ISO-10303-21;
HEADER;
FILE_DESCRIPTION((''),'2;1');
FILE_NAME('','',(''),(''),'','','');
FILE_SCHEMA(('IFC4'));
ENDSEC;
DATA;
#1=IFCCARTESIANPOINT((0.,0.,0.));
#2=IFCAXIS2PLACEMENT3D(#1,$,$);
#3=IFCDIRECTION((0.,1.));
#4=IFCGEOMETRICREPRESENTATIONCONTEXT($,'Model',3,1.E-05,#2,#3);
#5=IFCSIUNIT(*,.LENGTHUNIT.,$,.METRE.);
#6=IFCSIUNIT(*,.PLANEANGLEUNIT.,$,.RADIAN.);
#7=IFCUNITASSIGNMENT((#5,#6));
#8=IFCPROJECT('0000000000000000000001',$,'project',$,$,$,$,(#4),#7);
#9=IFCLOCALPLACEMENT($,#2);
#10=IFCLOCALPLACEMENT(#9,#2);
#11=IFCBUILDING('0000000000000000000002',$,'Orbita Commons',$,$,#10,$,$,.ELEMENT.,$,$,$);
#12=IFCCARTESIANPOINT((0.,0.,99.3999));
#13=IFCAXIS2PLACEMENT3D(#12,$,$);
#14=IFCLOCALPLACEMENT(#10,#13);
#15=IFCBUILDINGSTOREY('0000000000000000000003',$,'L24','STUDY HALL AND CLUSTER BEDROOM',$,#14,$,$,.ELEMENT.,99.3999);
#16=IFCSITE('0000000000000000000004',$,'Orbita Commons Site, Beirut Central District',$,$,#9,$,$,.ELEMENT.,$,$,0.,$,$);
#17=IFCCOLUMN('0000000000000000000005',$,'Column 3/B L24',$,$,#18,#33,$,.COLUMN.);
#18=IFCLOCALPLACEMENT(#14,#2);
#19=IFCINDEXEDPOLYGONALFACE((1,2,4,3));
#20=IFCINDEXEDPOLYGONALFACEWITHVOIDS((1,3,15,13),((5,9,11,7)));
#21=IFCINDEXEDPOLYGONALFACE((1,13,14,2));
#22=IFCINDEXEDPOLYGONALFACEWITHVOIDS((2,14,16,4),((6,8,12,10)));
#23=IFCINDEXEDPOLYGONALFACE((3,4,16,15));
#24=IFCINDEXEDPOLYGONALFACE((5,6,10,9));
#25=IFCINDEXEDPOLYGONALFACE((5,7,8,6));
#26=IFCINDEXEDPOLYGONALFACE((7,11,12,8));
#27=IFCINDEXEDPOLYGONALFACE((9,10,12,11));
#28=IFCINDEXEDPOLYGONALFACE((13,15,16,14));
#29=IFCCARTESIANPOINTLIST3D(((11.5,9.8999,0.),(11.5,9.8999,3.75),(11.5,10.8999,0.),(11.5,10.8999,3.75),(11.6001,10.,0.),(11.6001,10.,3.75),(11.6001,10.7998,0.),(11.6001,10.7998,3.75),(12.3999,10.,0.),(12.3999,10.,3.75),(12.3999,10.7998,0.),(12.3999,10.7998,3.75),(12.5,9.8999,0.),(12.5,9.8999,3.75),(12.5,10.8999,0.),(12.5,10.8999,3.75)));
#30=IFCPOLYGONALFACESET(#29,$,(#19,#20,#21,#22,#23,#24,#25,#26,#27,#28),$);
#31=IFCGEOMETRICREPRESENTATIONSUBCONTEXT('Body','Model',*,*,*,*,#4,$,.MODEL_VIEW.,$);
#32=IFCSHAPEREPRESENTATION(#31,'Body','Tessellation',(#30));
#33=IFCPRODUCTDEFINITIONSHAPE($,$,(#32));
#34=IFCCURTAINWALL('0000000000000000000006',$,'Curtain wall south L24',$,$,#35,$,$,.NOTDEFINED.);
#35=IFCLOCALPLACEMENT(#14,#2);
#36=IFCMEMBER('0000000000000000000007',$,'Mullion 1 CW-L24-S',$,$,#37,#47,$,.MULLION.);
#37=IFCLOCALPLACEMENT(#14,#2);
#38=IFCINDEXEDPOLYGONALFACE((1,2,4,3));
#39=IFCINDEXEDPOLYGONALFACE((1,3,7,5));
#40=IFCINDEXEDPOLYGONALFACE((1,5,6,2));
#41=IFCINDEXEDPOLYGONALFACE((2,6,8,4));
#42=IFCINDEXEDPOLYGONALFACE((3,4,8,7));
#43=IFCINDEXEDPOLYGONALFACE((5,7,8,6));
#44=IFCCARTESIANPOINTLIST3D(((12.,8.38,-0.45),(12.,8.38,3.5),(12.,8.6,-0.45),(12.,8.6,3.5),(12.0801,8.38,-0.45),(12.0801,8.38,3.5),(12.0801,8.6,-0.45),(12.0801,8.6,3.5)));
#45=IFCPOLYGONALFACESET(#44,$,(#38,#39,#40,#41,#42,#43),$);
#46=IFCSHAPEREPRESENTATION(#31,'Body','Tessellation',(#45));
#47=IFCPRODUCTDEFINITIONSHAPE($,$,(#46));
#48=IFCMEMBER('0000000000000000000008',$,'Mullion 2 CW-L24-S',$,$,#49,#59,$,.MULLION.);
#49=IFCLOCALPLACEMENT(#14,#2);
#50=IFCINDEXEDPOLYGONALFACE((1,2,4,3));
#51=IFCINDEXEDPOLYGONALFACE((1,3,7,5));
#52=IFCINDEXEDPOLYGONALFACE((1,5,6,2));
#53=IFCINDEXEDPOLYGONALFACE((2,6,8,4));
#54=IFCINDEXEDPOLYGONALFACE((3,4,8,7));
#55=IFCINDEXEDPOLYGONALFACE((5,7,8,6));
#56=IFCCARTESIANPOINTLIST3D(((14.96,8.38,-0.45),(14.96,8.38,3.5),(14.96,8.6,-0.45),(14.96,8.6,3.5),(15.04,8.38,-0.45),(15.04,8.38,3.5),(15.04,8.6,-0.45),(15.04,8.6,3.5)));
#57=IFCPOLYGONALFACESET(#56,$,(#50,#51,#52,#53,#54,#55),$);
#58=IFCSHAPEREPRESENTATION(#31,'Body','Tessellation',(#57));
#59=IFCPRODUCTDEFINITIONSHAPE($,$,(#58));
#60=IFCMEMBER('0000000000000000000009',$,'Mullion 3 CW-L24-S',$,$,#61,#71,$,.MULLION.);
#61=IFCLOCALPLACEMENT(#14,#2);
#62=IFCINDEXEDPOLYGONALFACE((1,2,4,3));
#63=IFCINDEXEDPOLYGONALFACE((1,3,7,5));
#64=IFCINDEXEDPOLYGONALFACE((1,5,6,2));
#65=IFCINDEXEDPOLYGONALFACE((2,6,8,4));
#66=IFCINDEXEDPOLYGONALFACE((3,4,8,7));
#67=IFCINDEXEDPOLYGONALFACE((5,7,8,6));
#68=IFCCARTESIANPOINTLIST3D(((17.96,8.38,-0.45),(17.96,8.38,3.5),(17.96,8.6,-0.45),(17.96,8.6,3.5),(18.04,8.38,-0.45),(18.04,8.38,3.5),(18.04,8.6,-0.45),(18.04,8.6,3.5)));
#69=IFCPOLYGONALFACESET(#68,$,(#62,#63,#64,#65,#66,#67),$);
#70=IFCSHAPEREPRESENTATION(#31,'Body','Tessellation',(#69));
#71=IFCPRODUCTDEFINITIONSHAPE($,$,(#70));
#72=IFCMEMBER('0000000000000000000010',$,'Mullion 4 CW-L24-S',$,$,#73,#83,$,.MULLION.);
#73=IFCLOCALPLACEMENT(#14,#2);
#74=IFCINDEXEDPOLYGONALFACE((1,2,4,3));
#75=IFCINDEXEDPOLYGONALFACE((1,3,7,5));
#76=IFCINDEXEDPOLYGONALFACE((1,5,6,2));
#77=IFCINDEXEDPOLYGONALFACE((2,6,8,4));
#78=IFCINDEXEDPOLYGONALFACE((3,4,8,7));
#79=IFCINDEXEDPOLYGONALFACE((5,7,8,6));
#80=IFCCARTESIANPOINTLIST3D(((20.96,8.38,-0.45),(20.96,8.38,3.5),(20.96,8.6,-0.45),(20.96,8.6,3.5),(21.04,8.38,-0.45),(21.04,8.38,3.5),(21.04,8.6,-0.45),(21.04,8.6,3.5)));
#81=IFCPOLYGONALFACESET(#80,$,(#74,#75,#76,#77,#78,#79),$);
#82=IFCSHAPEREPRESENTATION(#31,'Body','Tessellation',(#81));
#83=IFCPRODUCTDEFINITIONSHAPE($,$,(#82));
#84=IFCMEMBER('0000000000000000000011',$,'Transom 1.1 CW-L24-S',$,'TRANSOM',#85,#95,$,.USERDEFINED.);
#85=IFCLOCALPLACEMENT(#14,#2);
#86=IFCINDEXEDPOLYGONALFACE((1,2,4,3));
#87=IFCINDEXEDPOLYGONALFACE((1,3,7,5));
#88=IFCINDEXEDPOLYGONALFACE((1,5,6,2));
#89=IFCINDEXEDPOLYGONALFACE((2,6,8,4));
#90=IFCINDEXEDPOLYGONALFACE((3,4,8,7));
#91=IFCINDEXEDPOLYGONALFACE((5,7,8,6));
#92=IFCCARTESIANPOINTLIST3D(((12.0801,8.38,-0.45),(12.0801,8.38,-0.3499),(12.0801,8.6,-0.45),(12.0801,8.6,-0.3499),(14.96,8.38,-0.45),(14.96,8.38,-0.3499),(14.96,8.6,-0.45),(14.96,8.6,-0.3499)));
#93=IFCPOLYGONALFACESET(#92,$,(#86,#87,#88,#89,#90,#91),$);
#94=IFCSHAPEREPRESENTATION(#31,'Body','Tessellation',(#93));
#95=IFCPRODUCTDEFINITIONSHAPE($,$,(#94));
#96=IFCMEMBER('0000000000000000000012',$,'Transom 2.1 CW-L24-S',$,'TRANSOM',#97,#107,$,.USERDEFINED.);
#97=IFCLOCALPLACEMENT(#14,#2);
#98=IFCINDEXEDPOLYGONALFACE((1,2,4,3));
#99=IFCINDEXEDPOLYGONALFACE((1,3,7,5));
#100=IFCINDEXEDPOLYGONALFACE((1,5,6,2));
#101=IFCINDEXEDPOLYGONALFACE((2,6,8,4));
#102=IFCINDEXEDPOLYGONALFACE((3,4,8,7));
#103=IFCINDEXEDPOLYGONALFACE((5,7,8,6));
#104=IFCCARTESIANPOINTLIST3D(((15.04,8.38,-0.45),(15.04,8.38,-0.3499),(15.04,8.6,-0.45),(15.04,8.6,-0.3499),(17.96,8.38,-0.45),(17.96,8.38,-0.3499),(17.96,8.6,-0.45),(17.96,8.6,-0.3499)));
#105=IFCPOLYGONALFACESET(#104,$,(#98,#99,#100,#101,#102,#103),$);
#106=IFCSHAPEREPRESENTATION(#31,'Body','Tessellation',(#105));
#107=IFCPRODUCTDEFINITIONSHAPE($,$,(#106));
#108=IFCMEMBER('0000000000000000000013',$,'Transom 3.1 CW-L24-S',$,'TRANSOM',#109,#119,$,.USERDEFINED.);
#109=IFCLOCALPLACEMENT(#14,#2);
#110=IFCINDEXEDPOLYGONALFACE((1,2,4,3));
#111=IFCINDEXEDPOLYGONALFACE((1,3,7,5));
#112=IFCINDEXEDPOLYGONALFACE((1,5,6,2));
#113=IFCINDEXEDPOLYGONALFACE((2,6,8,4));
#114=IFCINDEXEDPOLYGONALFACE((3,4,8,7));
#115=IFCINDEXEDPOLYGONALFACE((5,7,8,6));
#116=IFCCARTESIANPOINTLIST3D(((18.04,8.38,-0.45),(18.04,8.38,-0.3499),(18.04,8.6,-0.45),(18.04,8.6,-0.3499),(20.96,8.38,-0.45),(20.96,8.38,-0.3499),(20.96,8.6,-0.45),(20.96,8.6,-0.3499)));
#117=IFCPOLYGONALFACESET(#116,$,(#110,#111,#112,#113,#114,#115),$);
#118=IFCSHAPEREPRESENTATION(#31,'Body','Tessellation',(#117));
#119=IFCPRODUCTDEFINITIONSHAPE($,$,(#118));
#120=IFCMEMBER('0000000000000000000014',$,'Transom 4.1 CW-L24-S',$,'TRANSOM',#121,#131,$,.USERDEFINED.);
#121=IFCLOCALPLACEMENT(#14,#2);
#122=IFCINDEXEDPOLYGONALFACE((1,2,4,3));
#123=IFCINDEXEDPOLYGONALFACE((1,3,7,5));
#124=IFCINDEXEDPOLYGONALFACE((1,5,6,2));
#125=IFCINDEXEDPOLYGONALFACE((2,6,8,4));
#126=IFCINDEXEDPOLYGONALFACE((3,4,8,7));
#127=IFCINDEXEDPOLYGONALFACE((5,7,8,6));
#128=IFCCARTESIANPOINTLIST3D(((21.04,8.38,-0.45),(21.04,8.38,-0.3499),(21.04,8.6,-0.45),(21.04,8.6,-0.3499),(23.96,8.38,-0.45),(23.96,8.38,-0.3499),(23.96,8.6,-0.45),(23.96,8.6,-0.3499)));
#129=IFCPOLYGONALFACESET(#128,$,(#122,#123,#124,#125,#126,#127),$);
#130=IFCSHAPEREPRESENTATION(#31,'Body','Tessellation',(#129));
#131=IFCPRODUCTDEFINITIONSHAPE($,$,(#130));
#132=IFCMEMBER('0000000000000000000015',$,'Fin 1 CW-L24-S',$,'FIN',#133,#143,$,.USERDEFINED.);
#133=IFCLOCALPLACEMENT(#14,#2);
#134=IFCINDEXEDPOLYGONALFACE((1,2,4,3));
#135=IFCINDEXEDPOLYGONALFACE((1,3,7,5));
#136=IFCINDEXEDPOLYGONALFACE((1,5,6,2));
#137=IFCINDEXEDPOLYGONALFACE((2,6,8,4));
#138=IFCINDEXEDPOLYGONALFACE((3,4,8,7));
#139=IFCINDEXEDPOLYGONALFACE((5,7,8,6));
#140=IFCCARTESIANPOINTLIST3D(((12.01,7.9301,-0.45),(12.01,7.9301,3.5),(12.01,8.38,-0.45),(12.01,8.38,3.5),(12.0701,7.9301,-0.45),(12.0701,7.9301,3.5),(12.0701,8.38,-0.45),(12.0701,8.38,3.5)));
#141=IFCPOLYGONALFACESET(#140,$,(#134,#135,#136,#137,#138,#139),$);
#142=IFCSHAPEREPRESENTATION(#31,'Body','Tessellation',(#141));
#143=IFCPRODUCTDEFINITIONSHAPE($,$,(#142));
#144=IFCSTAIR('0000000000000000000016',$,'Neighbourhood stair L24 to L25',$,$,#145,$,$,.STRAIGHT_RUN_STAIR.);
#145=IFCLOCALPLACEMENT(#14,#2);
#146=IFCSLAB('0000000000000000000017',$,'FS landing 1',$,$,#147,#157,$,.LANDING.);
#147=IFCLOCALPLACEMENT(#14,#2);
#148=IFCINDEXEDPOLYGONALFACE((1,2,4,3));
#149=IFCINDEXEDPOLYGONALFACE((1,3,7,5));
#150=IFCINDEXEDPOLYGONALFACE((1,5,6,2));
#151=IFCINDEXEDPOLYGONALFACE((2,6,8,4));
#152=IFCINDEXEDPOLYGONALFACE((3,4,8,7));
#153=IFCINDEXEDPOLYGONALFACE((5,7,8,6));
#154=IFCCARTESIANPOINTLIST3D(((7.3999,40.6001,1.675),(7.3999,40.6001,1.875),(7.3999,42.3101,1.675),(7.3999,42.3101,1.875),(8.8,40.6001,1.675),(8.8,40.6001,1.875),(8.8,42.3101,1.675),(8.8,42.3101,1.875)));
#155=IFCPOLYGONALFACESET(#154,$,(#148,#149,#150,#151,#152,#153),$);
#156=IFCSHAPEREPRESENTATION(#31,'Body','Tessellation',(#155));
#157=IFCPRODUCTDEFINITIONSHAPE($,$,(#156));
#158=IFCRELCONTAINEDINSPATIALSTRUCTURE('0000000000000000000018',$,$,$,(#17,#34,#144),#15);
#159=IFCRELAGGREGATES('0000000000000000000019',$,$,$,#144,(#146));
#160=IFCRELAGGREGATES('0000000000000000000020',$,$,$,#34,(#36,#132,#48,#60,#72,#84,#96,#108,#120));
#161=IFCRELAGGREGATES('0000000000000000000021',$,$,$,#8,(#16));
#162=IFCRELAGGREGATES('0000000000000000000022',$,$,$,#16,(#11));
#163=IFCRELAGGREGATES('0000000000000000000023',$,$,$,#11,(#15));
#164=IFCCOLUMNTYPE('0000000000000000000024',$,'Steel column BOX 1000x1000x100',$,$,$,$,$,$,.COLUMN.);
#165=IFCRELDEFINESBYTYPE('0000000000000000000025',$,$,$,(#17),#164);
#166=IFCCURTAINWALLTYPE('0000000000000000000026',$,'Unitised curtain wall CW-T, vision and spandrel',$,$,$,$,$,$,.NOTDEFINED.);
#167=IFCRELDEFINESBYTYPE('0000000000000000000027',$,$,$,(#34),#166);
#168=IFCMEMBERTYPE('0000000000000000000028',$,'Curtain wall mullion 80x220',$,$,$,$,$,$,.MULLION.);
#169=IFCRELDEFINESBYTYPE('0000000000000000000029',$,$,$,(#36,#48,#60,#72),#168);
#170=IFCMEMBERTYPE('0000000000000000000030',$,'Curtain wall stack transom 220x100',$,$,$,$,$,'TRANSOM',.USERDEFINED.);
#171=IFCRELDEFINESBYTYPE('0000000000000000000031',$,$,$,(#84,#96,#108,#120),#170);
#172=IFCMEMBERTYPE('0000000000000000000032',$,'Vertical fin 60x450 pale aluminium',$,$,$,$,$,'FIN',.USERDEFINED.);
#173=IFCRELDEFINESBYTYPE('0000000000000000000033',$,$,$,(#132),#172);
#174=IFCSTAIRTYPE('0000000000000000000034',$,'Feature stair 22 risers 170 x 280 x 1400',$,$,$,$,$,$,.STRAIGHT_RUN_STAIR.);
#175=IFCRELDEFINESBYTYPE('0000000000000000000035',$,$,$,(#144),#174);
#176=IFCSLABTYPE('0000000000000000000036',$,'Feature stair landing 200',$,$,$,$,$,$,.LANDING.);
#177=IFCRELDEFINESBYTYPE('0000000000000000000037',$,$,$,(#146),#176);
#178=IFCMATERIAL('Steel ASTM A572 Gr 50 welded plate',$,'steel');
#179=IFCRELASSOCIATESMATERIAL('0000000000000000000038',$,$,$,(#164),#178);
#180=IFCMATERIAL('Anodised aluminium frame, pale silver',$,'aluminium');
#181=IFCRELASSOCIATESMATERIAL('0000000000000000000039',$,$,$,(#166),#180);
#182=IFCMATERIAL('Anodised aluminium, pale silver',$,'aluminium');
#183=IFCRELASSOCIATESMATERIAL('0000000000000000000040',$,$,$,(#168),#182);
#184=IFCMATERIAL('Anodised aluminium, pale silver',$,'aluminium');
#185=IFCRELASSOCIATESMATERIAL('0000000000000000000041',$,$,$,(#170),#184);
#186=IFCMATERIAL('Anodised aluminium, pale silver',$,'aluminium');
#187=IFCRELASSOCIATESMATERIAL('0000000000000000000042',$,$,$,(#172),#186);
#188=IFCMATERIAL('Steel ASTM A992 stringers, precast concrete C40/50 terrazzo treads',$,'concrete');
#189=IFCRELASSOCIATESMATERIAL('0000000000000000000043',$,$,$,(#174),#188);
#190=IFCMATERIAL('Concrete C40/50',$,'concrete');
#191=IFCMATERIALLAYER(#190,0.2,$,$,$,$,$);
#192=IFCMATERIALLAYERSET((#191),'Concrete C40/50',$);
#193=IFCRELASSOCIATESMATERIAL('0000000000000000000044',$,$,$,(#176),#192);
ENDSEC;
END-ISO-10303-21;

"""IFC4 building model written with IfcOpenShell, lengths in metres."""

from ifc_helpers import new_model, si_unit, direction, frame, origin, origin_2d, place, context, subcontext, project, spatial, polyline, rectangle, hollow_rectangle, outline, extrude, material, layer, layer_set, material_profile, profile_set, type_object, element, aggregate, save


model = new_model("IFC4")

# Units and contexts
model_context = context("Model", 3, precision=1e-05, world=origin(), true_north=direction((0.0, 1.0)))
body_context = subcontext(model_context, "Body", "Model", "MODEL_VIEW")
ifc_project = project(units=[si_unit("LENGTHUNIT", "METRE"), si_unit("PLANEANGLEUNIT", "RADIAN")], contexts=[model_context])

# Site, building, storey
site_placement = place(None, origin())
site = spatial("IfcSite", under=ifc_project, at=site_placement, Name="Orbita Commons Site, Beirut Central District", CompositionType="ELEMENT", RefElevation=0.0)
building_placement = place(site_placement, origin())
building = spatial("IfcBuilding", under=site, at=building_placement, Name="Orbita Commons", CompositionType="ELEMENT")
storey_placement = place(building_placement, frame((0.0, 0.0, 99.3999)))
storey = spatial("IfcBuildingStorey", under=building, at=storey_placement, Name="L24", Description="STUDY HALL AND CLUSTER BEDROOM", CompositionType="ELEMENT", Elevation=99.3999)

# Column
ifc_material_1 = material(Name="Steel ASTM A572 Gr 50 welded plate", Category="steel")
ifc_material_profile_1 = material_profile(ifc_material_1, hollow_rectangle(XDim=1.0, YDim=1.0, WallThickness=0.1001, at=origin_2d()), Name="BOX 1000x1000x100")
ifc_profile_set_1 = profile_set([ifc_material_profile_1], Name="Steel ASTM A572 Gr 50 welded plate")
column_type = type_object("IfcColumnType", Name="Steel column BOX 1000x1000x100", PredefinedType="COLUMN", material=ifc_profile_set_1)
column_placement = place(storey_placement, frame((12.0, 10.3999, 0.0), z_axis=(0.0, 0.0, 1.0), x_axis=(1.0, 0.0, 0.0)))
element("IfcColumn", 1, at=column_placement, inside=storey, type_object=column_type, Name="Column 3/B L24", PredefinedType="COLUMN", context=body_context, shape_type="SweptSolid", body=[
    extrude(hollow_rectangle(XDim=1.0, YDim=1.0, WallThickness=0.1001, at=origin_2d()), origin(), (0.0, 0.0, 1.0), 3.75),
])

# Curtain wall, members
ifc_material_2 = material(Name="Anodised aluminium frame, pale silver", Category="aluminium")
curtain_wall_type = type_object("IfcCurtainWallType", Name="Unitised curtain wall CW-T, vision and spandrel", PredefinedType="NOTDEFINED", material=ifc_material_2)
curtain_wall_placement = place(storey_placement, origin())
curtain_wall = element("IfcCurtainWall", 2, at=curtain_wall_placement, inside=storey, type_object=curtain_wall_type, Name="Curtain wall south L24", PredefinedType="NOTDEFINED")
ifc_material_3 = material(Name="Anodised aluminium, pale silver", Category="aluminium")
ifc_material_profile_2 = material_profile(ifc_material_3, rectangle(XDim=0.0801, YDim=0.22, at=origin_2d()), Name="AL 80x220")
ifc_profile_set_2 = profile_set([ifc_material_profile_2], Name="Anodised aluminium, pale silver")
member_type_1 = type_object("IfcMemberType", Name="Curtain wall mullion 80x220", PredefinedType="MULLION", material=ifc_profile_set_2)
member_1_placement = place(storey_placement, frame((12.04, 8.49, -0.45), z_axis=(0.0, 0.0, 1.0), x_axis=(1.0, 0.0, 0.0)))
member_1 = element("IfcMember", 3, at=member_1_placement, type_object=member_type_1, Name="Mullion 1 CW-L24-S", PredefinedType="MULLION", context=body_context, shape_type="SweptSolid", body=[
    extrude(rectangle(XDim=0.0801, YDim=0.22, at=origin_2d()), origin(), (0.0, 0.0, 1.0), 3.95),
])
member_2_placement = place(storey_placement, frame((15.0, 8.49, -0.45), z_axis=(0.0, 0.0, 1.0), x_axis=(1.0, 0.0, 0.0)))
member_2 = element("IfcMember", 4, at=member_2_placement, type_object=member_type_1, Name="Mullion 2 CW-L24-S", PredefinedType="MULLION", context=body_context, shape_type="SweptSolid", body=[
    extrude(rectangle(XDim=0.0801, YDim=0.22, at=origin_2d()), origin(), (0.0, 0.0, 1.0), 3.95),
])
member_3_placement = place(storey_placement, frame((18.0, 8.49, -0.45), z_axis=(0.0, 0.0, 1.0), x_axis=(1.0, 0.0, 0.0)))
member_3 = element("IfcMember", 5, at=member_3_placement, type_object=member_type_1, Name="Mullion 3 CW-L24-S", PredefinedType="MULLION", context=body_context, shape_type="SweptSolid", body=[
    extrude(rectangle(XDim=0.0801, YDim=0.22, at=origin_2d()), origin(), (0.0, 0.0, 1.0), 3.95),
])
member_4_placement = place(storey_placement, frame((21.0, 8.49, -0.45), z_axis=(0.0, 0.0, 1.0), x_axis=(1.0, 0.0, 0.0)))
member_4 = element("IfcMember", 6, at=member_4_placement, type_object=member_type_1, Name="Mullion 4 CW-L24-S", PredefinedType="MULLION", context=body_context, shape_type="SweptSolid", body=[
    extrude(rectangle(XDim=0.0801, YDim=0.22, at=origin_2d()), origin(), (0.0, 0.0, 1.0), 3.95),
])
ifc_material_4 = material(Name="Anodised aluminium, pale silver", Category="aluminium")
ifc_material_profile_3 = material_profile(ifc_material_4, rectangle(XDim=0.22, YDim=0.1001, at=origin_2d()), Name="AL 220x100")
ifc_profile_set_3 = profile_set([ifc_material_profile_3], Name="Anodised aluminium, pale silver")
member_type_2 = type_object("IfcMemberType", Name="Curtain wall stack transom 220x100", ElementType="TRANSOM", PredefinedType="USERDEFINED", material=ifc_profile_set_3)
member_5_placement = place(storey_placement, frame((12.0801, 8.49, -0.3999), z_axis=(1.0, 0.0, 0.0), x_axis=(0.0, 1.0, 0.0)))
member_5 = element("IfcMember", 7, at=member_5_placement, type_object=member_type_2, Name="Transom 1.1 CW-L24-S", ObjectType="TRANSOM", PredefinedType="USERDEFINED", context=body_context, shape_type="SweptSolid", body=[
    extrude(rectangle(XDim=0.22, YDim=0.1001, at=origin_2d()), origin(), (0.0, 0.0, 1.0), 2.8799),
])
member_6_placement = place(storey_placement, frame((15.04, 8.49, -0.3999), z_axis=(1.0, 0.0, 0.0), x_axis=(0.0, 1.0, 0.0)))
member_6 = element("IfcMember", 8, at=member_6_placement, type_object=member_type_2, Name="Transom 2.1 CW-L24-S", ObjectType="TRANSOM", PredefinedType="USERDEFINED", context=body_context, shape_type="SweptSolid", body=[
    extrude(rectangle(XDim=0.22, YDim=0.1001, at=origin_2d()), origin(), (0.0, 0.0, 1.0), 2.9199),
])
member_7_placement = place(storey_placement, frame((18.04, 8.49, -0.3999), z_axis=(1.0, 0.0, 0.0), x_axis=(0.0, 1.0, 0.0)))
member_7 = element("IfcMember", 9, at=member_7_placement, type_object=member_type_2, Name="Transom 3.1 CW-L24-S", ObjectType="TRANSOM", PredefinedType="USERDEFINED", context=body_context, shape_type="SweptSolid", body=[
    extrude(rectangle(XDim=0.22, YDim=0.1001, at=origin_2d()), origin(), (0.0, 0.0, 1.0), 2.9199),
])
member_8_placement = place(storey_placement, frame((21.04, 8.49, -0.3999), z_axis=(1.0, 0.0, 0.0), x_axis=(0.0, 1.0, 0.0)))
member_8 = element("IfcMember", 10, at=member_8_placement, type_object=member_type_2, Name="Transom 4.1 CW-L24-S", ObjectType="TRANSOM", PredefinedType="USERDEFINED", context=body_context, shape_type="SweptSolid", body=[
    extrude(rectangle(XDim=0.22, YDim=0.1001, at=origin_2d()), origin(), (0.0, 0.0, 1.0), 2.9199),
])
ifc_material_5 = material(Name="Anodised aluminium, pale silver", Category="aluminium")
ifc_material_profile_4 = material_profile(ifc_material_5, rectangle(XDim=0.0601, YDim=0.45, at=origin_2d()), Name="FIN 60x450")
ifc_profile_set_4 = profile_set([ifc_material_profile_4], Name="Anodised aluminium, pale silver")
member_type_3 = type_object("IfcMemberType", Name="Vertical fin 60x450 pale aluminium", ElementType="FIN", PredefinedType="USERDEFINED", material=ifc_profile_set_4)
member_9_placement = place(storey_placement, frame((12.04, 8.155, -0.45), z_axis=(0.0, 0.0, 1.0), x_axis=(1.0, 0.0, 0.0)))
member_9 = element("IfcMember", 11, at=member_9_placement, type_object=member_type_3, Name="Fin 1 CW-L24-S", ObjectType="FIN", PredefinedType="USERDEFINED", context=body_context, shape_type="SweptSolid", body=[
    extrude(rectangle(XDim=0.0601, YDim=0.45, at=origin_2d()), origin(), (0.0, 0.0, 1.0), 3.95),
])

# Stair, slab
ifc_material_6 = material(Name="Steel ASTM A992 stringers, precast concrete C40/50 terrazzo treads", Category="concrete")
stair_type_1 = type_object("IfcStairType", Name="Feature stair 22 risers 170 x 280 x 1400", PredefinedType="STRAIGHT_RUN_STAIR", material=ifc_material_6)
stair_1_placement = place(storey_placement, origin())
stair_1 = element("IfcStair", 12, at=stair_1_placement, inside=storey, type_object=stair_type_1, Name="Neighbourhood stair L24 to L25", PredefinedType="STRAIGHT_RUN_STAIR")
ifc_material_7 = material(Name="Concrete C40/50", Category="concrete")
ifc_layer_1 = layer(ifc_material_7, 0.2)
ifc_layer_set_1 = layer_set([ifc_layer_1], Name="Concrete C40/50")
slab_type_1 = type_object("IfcSlabType", Name="Feature stair landing 200", PredefinedType="LANDING", material=ifc_layer_set_1)
slab_1_placement = place(storey_placement, frame((0.0, 0.0, 1.675)))
slab_1 = element("IfcSlab", 13, at=slab_1_placement, type_object=slab_type_1, Name="FS landing 1", PredefinedType="LANDING", context=body_context, shape_type="SweptSolid", body=[
    extrude(outline(polyline([(7.3999, 40.6001), (8.8, 40.6001), (8.8, 42.3101), (7.3999, 42.3101), (7.3999, 40.6001)])), origin(), (0.0, 0.0, 1.0), 0.2),
])
aggregate(stair_1, [slab_1])

aggregate(curtain_wall, [member_1, member_9, member_2, member_3, member_4, member_5, member_6, member_7, member_8])

save(model, "model.ifc")
